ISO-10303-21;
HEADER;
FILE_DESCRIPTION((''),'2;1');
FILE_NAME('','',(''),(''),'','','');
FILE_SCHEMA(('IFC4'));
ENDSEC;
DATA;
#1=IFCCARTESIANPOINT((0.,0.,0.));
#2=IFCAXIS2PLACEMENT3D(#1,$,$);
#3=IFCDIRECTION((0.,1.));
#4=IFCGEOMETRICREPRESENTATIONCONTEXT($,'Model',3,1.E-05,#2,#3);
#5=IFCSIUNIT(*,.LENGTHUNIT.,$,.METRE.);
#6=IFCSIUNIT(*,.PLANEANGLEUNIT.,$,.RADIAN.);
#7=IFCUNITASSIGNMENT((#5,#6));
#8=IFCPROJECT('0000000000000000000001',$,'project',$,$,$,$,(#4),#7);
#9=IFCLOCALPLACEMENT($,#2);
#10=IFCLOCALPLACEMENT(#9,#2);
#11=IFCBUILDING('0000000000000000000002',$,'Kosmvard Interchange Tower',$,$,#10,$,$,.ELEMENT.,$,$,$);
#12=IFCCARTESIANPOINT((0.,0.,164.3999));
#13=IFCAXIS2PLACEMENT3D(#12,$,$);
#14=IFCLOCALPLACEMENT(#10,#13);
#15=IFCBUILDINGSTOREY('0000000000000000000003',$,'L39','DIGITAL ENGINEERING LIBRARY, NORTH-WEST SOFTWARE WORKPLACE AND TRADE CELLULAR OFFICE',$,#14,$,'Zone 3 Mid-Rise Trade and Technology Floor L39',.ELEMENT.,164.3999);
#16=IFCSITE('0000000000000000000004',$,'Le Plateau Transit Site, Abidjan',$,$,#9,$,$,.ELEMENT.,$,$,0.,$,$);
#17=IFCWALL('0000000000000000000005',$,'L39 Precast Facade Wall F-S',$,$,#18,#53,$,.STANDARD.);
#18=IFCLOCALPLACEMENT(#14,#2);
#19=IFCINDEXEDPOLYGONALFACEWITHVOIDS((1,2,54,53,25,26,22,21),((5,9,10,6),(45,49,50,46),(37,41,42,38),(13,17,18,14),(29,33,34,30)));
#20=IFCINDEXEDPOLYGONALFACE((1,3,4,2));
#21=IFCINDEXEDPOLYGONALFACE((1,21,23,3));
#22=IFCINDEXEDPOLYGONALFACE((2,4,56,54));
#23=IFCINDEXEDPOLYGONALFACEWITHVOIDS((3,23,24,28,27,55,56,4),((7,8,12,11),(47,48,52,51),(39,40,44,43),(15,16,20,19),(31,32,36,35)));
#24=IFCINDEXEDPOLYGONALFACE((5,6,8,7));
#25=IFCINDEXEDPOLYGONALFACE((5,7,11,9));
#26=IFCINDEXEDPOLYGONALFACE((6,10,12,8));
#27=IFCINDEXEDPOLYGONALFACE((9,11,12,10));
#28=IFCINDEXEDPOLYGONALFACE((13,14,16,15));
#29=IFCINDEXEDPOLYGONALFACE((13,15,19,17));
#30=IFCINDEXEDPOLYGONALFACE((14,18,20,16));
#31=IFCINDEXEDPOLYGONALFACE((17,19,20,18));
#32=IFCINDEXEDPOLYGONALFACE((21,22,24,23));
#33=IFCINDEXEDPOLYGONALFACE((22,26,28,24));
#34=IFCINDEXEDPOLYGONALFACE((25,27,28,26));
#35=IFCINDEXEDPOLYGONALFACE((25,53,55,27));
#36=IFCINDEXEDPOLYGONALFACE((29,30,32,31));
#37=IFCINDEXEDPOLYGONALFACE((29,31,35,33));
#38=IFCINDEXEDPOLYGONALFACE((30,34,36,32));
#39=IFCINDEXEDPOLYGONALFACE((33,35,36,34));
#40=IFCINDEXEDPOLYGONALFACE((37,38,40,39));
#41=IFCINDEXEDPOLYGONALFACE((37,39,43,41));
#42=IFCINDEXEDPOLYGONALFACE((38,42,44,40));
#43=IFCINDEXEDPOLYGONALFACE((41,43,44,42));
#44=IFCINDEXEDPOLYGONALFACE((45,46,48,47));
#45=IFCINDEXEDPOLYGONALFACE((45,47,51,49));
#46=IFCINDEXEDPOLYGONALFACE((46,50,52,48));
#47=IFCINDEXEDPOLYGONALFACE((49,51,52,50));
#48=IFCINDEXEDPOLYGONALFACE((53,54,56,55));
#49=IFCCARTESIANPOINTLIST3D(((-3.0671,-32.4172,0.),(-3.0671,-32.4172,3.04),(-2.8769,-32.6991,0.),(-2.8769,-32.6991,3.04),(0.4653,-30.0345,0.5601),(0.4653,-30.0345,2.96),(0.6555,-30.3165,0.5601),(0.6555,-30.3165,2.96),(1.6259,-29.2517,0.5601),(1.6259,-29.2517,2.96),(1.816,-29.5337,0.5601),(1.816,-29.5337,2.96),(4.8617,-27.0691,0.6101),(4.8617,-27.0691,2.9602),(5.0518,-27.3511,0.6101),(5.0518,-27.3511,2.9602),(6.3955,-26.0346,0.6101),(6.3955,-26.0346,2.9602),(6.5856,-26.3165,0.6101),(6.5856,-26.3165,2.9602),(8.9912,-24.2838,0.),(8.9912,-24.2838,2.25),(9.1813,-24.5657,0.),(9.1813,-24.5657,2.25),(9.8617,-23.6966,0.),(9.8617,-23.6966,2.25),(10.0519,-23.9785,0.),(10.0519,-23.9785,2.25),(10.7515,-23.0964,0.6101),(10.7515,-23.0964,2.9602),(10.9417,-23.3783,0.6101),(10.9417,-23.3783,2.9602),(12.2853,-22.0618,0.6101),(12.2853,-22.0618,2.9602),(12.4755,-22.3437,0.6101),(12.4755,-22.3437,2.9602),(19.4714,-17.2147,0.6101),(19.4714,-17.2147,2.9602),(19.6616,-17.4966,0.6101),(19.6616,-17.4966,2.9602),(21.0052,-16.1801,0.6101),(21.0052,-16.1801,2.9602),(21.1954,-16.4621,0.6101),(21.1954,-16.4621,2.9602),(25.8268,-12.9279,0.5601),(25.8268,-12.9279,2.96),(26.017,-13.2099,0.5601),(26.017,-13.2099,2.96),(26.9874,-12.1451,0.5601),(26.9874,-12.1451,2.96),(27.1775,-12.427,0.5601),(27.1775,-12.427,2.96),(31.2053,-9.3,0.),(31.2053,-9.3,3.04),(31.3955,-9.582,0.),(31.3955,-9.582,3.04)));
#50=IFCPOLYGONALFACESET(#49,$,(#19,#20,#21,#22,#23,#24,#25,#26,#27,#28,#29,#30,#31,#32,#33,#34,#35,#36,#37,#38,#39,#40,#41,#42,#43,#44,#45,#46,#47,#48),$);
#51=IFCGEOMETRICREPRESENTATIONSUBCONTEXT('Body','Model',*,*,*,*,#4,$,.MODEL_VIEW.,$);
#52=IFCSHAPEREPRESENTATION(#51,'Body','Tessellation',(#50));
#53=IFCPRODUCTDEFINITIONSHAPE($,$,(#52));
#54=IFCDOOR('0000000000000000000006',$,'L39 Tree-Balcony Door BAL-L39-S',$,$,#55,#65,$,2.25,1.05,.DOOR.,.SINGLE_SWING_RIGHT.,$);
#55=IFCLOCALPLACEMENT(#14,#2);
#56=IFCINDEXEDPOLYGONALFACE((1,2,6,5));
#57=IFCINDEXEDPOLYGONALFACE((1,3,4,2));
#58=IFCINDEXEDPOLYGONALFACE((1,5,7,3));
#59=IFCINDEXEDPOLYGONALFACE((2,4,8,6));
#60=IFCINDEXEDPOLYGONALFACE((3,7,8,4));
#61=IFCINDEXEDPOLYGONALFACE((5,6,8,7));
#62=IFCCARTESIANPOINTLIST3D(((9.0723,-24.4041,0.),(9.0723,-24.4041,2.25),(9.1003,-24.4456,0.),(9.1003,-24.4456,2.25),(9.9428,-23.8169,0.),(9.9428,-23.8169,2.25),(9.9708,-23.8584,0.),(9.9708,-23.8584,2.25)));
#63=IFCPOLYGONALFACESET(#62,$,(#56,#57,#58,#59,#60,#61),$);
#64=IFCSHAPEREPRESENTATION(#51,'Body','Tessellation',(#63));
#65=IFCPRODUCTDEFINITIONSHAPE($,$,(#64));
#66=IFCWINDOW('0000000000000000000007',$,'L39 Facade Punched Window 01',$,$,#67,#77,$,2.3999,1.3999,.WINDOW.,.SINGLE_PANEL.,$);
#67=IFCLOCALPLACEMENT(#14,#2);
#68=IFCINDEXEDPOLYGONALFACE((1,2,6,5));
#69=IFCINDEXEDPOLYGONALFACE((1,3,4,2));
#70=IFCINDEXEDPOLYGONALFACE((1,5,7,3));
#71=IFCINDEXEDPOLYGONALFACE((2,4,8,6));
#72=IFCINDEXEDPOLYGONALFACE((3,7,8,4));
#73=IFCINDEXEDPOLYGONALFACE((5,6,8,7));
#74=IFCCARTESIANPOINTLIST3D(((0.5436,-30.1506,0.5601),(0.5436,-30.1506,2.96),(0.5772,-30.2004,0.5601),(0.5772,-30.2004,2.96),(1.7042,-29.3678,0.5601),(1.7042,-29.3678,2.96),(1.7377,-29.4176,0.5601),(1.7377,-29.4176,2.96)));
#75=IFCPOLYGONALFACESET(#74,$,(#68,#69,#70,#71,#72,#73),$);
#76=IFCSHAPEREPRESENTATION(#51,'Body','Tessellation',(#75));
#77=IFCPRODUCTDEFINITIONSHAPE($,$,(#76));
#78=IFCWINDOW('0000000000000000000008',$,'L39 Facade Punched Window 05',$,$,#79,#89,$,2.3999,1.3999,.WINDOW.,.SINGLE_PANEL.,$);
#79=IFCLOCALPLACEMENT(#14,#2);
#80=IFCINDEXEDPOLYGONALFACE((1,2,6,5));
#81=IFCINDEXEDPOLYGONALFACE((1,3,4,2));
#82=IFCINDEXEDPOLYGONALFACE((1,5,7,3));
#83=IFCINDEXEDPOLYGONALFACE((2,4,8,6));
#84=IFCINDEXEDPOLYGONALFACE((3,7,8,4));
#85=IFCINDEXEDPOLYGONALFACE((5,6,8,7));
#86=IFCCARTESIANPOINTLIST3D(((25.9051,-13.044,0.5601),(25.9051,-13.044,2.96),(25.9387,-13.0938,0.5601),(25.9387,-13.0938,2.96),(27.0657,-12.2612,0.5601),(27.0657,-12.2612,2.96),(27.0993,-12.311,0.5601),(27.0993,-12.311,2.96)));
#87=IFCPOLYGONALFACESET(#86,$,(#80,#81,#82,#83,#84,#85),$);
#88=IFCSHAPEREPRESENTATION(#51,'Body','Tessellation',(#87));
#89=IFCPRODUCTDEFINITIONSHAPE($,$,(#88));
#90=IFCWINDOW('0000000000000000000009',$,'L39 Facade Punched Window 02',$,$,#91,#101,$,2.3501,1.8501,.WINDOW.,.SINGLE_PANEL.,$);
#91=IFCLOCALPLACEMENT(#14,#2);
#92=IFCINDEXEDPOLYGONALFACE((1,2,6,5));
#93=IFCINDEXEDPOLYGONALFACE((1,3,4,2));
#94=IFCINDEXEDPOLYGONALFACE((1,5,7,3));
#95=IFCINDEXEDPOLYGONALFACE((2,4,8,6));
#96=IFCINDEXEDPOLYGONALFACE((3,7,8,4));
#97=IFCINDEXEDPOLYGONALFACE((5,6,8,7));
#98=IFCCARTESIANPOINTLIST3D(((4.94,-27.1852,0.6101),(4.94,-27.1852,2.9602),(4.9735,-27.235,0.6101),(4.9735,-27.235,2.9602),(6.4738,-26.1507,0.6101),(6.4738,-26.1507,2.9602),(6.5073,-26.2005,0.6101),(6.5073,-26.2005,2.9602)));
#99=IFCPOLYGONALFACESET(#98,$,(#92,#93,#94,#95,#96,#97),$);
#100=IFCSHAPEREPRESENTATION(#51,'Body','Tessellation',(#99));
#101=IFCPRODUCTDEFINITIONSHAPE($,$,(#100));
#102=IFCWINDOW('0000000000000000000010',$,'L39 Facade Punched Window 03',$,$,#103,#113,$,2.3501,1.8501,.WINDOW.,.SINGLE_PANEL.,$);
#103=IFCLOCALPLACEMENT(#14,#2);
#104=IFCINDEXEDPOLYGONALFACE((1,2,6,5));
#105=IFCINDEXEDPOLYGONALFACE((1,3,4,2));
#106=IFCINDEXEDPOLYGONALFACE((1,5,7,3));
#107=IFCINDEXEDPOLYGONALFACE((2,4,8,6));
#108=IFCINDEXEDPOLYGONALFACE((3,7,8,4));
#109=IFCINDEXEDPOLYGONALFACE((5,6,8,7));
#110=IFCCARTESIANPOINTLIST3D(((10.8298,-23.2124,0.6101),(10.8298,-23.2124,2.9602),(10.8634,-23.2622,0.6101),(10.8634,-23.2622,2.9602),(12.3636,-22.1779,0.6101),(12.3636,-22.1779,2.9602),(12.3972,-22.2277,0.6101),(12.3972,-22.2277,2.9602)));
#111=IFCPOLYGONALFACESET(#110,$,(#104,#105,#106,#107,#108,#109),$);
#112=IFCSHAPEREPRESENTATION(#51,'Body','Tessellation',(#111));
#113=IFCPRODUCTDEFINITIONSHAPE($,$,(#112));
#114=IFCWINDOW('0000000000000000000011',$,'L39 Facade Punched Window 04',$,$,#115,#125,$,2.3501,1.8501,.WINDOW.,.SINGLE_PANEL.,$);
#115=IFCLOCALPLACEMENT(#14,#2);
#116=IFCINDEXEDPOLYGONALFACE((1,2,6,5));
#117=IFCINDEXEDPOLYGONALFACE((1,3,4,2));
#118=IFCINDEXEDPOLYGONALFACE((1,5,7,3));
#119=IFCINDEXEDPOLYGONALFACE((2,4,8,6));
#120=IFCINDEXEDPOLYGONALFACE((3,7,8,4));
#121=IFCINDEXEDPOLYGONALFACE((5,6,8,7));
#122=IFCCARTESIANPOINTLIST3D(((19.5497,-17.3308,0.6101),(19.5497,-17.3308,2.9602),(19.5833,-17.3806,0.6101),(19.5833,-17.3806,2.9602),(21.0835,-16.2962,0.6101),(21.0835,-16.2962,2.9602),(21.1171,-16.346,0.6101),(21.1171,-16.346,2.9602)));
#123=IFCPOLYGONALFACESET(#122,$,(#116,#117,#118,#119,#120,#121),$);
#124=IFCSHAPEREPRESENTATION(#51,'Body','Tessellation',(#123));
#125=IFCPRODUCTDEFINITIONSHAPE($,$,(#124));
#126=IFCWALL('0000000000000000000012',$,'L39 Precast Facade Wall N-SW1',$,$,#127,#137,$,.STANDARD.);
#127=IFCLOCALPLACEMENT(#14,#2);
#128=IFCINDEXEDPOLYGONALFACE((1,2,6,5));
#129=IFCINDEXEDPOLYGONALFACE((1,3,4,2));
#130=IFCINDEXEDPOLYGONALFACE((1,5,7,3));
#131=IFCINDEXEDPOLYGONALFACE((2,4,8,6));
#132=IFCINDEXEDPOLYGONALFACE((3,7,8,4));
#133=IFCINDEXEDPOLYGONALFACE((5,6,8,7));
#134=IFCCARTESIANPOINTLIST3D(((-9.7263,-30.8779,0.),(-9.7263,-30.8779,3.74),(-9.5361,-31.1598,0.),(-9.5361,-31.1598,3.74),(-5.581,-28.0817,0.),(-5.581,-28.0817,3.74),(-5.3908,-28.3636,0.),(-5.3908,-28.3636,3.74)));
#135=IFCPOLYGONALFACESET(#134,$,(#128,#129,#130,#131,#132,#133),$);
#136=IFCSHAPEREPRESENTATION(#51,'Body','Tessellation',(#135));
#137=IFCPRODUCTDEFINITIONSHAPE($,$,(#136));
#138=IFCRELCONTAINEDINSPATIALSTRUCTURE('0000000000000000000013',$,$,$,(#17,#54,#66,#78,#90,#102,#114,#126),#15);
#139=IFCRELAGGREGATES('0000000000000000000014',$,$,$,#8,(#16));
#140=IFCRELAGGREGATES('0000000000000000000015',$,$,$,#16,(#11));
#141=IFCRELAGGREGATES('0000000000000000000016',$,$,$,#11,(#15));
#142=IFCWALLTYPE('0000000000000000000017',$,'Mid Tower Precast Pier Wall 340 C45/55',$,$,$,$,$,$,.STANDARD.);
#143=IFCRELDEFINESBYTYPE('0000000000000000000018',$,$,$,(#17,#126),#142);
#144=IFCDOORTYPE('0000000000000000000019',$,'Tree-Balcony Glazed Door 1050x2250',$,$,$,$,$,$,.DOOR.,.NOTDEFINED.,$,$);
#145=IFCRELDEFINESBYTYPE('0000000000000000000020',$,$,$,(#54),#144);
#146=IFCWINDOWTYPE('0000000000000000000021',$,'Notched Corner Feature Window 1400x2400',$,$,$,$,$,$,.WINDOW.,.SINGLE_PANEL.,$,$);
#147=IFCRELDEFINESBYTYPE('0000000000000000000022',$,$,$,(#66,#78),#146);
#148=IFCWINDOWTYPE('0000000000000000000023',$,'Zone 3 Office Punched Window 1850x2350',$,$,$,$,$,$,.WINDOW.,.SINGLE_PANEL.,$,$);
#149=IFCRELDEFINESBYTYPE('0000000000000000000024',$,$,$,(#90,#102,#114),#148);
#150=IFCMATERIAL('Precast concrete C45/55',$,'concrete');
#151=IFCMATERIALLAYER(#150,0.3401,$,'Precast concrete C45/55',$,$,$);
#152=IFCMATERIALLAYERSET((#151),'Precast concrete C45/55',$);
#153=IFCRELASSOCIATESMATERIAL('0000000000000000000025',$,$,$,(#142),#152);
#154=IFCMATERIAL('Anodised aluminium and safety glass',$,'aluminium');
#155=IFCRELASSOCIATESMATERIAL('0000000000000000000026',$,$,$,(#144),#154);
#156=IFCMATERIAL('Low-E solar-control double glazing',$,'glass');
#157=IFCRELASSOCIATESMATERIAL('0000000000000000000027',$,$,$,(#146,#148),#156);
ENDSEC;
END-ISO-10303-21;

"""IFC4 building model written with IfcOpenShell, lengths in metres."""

from ifc_helpers import new_model, si_unit, direction, frame, frame_2d, origin, place, context, subcontext, project, spatial, rectangle, extrude, source, transform, mapped, material, layer, layer_set, type_object, element, fill, save


model = new_model("IFC4")

# Units and contexts
model_context = context("Model", 3, precision=1e-05, world=origin(), true_north=direction((0.0, 1.0)))
body_context = subcontext(model_context, "Body", "Model", "MODEL_VIEW")
ifc_project = project(units=[si_unit("LENGTHUNIT", "METRE"), si_unit("PLANEANGLEUNIT", "RADIAN")], contexts=[model_context])

# Site, building, storey
site_placement = place(None, origin())
site = spatial("IfcSite", under=ifc_project, at=site_placement, Name="Le Plateau Transit Site, Abidjan", CompositionType="ELEMENT", RefElevation=0.0)
building_placement = place(site_placement, origin())
building = spatial("IfcBuilding", under=site, at=building_placement, Name="Kosmvard Interchange Tower", CompositionType="ELEMENT")
storey_placement = place(building_placement, frame((0.0, 0.0, 164.3999)))
storey = spatial("IfcBuildingStorey", under=building, at=storey_placement, Name="L39", Description="DIGITAL ENGINEERING LIBRARY, NORTH-WEST SOFTWARE WORKPLACE AND TRADE CELLULAR OFFICE", LongName="Zone 3 Mid-Rise Trade and Technology Floor L39", CompositionType="ELEMENT", Elevation=164.3999)

# Shared definitions
ifc_material_1 = material(Name="Precast concrete C45/55", Category="concrete")

# Wall, openings, door, windows
ifc_layer_1 = layer(ifc_material_1, 0.3401, Name="Precast concrete C45/55")
ifc_layer_set_1 = layer_set([ifc_layer_1], Name="Precast concrete C45/55")
wall_type_1 = type_object("IfcWallType", Name="Mid Tower Precast Pier Wall 340 C45/55", PredefinedType="STANDARD", material=ifc_layer_set_1)
wall_1_placement = place(storey_placement, frame((-2.9719, -32.5581, 0.0), z_axis=(0.0, 0.0, 1.0), x_axis=(0.829036, 0.559195, 0.0)))
wall_1 = element("IfcWall", 1, at=wall_1_placement, inside=storey, type_object=wall_type_1, Name="L39 Precast Facade Wall F-S", PredefinedType="STANDARD", context=body_context, shape_type="SweptSolid", body=[
    extrude(rectangle(XDim=41.3401, YDim=0.3401, at=frame_2d((20.6699, 0.0))), origin(), (0.0, 0.0, 1.0), 3.04),
])
opening_1_placement = place(wall_1_placement, frame((14.5449, 0.0, 0.0)))
opening_1 = element("IfcOpeningElement", 2, at=opening_1_placement, cuts=wall_1, PredefinedType="OPENING", context=body_context, shape_type="SweptSolid", body=[
    extrude(rectangle(XDim=1.05, YDim=2.25, at=frame_2d((0.5249, 1.125))), frame((0.0, 0.1802, 0.0), z_axis=(0.0, -1.0, 0.0), x_axis=(1.0, 0.0, 0.0)), (0.0, 0.0, 1.0), 0.3601),
])
opening_2_placement = place(wall_1_placement, frame((4.2607, 0.0, 0.5601)))
opening_2 = element("IfcOpeningElement", 3, at=opening_2_placement, cuts=wall_1, PredefinedType="OPENING", context=body_context, shape_type="SweptSolid", body=[
    extrude(rectangle(XDim=1.3999, YDim=2.3999, at=frame_2d((0.7, 1.2))), frame((0.0, 0.1802, 0.0), z_axis=(0.0, -1.0, 0.0), x_axis=(1.0, 0.0, 0.0)), (0.0, 0.0, 1.0), 0.3601),
])
opening_3_placement = place(wall_1_placement, frame((9.5637, 0.0, 0.6101)))
opening_3 = element("IfcOpeningElement", 4, at=opening_3_placement, cuts=wall_1, PredefinedType="OPENING", context=body_context, shape_type="SweptSolid", body=[
    extrude(rectangle(XDim=1.8501, YDim=2.3501, at=frame_2d((0.925, 1.175))), frame((0.0, 0.1802, 0.0), z_axis=(0.0, -1.0, 0.0), x_axis=(1.0, 0.0, 0.0)), (0.0, 0.0, 1.0), 0.3601),
])
opening_4_placement = place(wall_1_placement, frame((16.6682, 0.0, 0.6101)))
opening_4 = element("IfcOpeningElement", 5, at=opening_4_placement, cuts=wall_1, PredefinedType="OPENING", context=body_context, shape_type="SweptSolid", body=[
    extrude(rectangle(XDim=1.8501, YDim=2.3501, at=frame_2d((0.925, 1.175))), frame((0.0, 0.1802, 0.0), z_axis=(0.0, -1.0, 0.0), x_axis=(1.0, 0.0, 0.0)), (0.0, 0.0, 1.0), 0.3601),
])
opening_5_placement = place(wall_1_placement, frame((27.1863, 0.0, 0.6101)))
opening_5 = element("IfcOpeningElement", 6, at=opening_5_placement, cuts=wall_1, PredefinedType="OPENING", context=body_context, shape_type="SweptSolid", body=[
    extrude(rectangle(XDim=1.8501, YDim=2.3501, at=frame_2d((0.925, 1.175))), frame((0.0, 0.1802, 0.0), z_axis=(0.0, -1.0, 0.0), x_axis=(1.0, 0.0, 0.0)), (0.0, 0.0, 1.0), 0.3601),
])
opening_6_placement = place(wall_1_placement, frame((34.8523, 0.0, 0.5601)))
opening_6 = element("IfcOpeningElement", 7, at=opening_6_placement, cuts=wall_1, PredefinedType="OPENING", context=body_context, shape_type="SweptSolid", body=[
    extrude(rectangle(XDim=1.3999, YDim=2.3999, at=frame_2d((0.7, 1.2))), frame((0.0, 0.1802, 0.0), z_axis=(0.0, -1.0, 0.0), x_axis=(1.0, 0.0, 0.0)), (0.0, 0.0, 1.0), 0.3601),
])
ifc_material_2 = material(Name="Anodised aluminium and safety glass", Category="aluminium")
door_type = type_object("IfcDoorType", Name="Tree-Balcony Glazed Door 1050x2250", OperationType="NOTDEFINED", PredefinedType="DOOR", material=ifc_material_2)
shared_shape_1 = source(origin(), body_context, "Body", "SweptSolid", [
    extrude(rectangle(XDim=1.05, YDim=2.25, at=frame_2d((0.5249, 1.125))), frame((0.0, 0.0249, 0.0), z_axis=(0.0, -1.0, 0.0), x_axis=(1.0, 0.0, 0.0)), (0.0, 0.0, 1.0), 0.05),
])
door_placement = place(opening_1_placement, origin())
door = element("IfcDoor", 8, at=door_placement, inside=storey, type_object=door_type, Name="L39 Tree-Balcony Door BAL-L39-S", OperationType="SINGLE_SWING_RIGHT", OverallHeight=2.25, OverallWidth=1.05, PredefinedType="DOOR", context=body_context, shape_type="MappedRepresentation", body=[
    mapped(shared_shape_1, transform((0.0, 0.0, 0.0), scale=1.0)),
])
fill(opening_1, door)
ifc_material_3 = material(Name="Low-E solar-control double glazing", Category="glass")
window_type_1 = type_object("IfcWindowType", Name="Notched Corner Feature Window 1400x2400", PartitioningType="SINGLE_PANEL", PredefinedType="WINDOW", material=ifc_material_3)
shared_shape_2 = source(origin(), body_context, "Body", "SweptSolid", [
    extrude(rectangle(XDim=1.3999, YDim=2.3999, at=frame_2d((0.7, 1.2))), frame((0.0, 0.03, 0.0), z_axis=(0.0, -1.0, 0.0), x_axis=(1.0, 0.0, 0.0)), (0.0, 0.0, 1.0), 0.0601),
])
window_1_placement = place(opening_2_placement, origin())
window_1 = element("IfcWindow", 9, at=window_1_placement, inside=storey, type_object=window_type_1, Name="L39 Facade Punched Window 01", OverallHeight=2.3999, OverallWidth=1.3999, PartitioningType="SINGLE_PANEL", PredefinedType="WINDOW", context=body_context, shape_type="MappedRepresentation", body=[
    mapped(shared_shape_2, transform((0.0, 0.0, 0.0), scale=1.0)),
])
fill(opening_2, window_1)
window_2_placement = place(opening_6_placement, origin())
window_2 = element("IfcWindow", 10, at=window_2_placement, inside=storey, type_object=window_type_1, Name="L39 Facade Punched Window 05", OverallHeight=2.3999, OverallWidth=1.3999, PartitioningType="SINGLE_PANEL", PredefinedType="WINDOW", context=body_context, shape_type="MappedRepresentation", body=[
    mapped(shared_shape_2, transform((0.0, 0.0, 0.0), scale=1.0)),
])
fill(opening_6, window_2)
window_type_2 = type_object("IfcWindowType", Name="Zone 3 Office Punched Window 1850x2350", PartitioningType="SINGLE_PANEL", PredefinedType="WINDOW", material=ifc_material_3)
shared_shape_3 = source(origin(), body_context, "Body", "SweptSolid", [
    extrude(rectangle(XDim=1.8501, YDim=2.3501, at=frame_2d((0.925, 1.175))), frame((0.0, 0.03, 0.0), z_axis=(0.0, -1.0, 0.0), x_axis=(1.0, 0.0, 0.0)), (0.0, 0.0, 1.0), 0.0601),
])
window_3_placement = place(opening_3_placement, origin())
window_3 = element("IfcWindow", 11, at=window_3_placement, inside=storey, type_object=window_type_2, Name="L39 Facade Punched Window 02", OverallHeight=2.3501, OverallWidth=1.8501, PartitioningType="SINGLE_PANEL", PredefinedType="WINDOW", context=body_context, shape_type="MappedRepresentation", body=[
    mapped(shared_shape_3, transform((0.0, 0.0, 0.0), scale=1.0)),
])
fill(opening_3, window_3)
window_4_placement = place(opening_4_placement, origin())
window_4 = element("IfcWindow", 12, at=window_4_placement, inside=storey, type_object=window_type_2, Name="L39 Facade Punched Window 03", OverallHeight=2.3501, OverallWidth=1.8501, PartitioningType="SINGLE_PANEL", PredefinedType="WINDOW", context=body_context, shape_type="MappedRepresentation", body=[
    mapped(shared_shape_3, transform((0.0, 0.0, 0.0), scale=1.0)),
])
fill(opening_4, window_4)
window_5_placement = place(opening_5_placement, origin())
window_5 = element("IfcWindow", 13, at=window_5_placement, inside=storey, type_object=window_type_2, Name="L39 Facade Punched Window 04", OverallHeight=2.3501, OverallWidth=1.8501, PartitioningType="SINGLE_PANEL", PredefinedType="WINDOW", context=body_context, shape_type="MappedRepresentation", body=[
    mapped(shared_shape_3, transform((0.0, 0.0, 0.0), scale=1.0)),
])
fill(opening_5, window_5)

# Wall
wall_2_placement = place(storey_placement, frame((-9.6311, -31.0188, 0.0), z_axis=(0.0, 0.0, 1.0), x_axis=(0.829026, 0.55921, 0.0)))
element("IfcWall", 14, at=wall_2_placement, inside=storey, type_object=wall_type_1, Name="L39 Precast Facade Wall N-SW1", PredefinedType="STANDARD", context=body_context, shape_type="SweptSolid", body=[
    extrude(rectangle(XDim=5.0002, YDim=0.3401, at=frame_2d((2.5, 0.0))), origin(), (0.0, 0.0, 1.0), 3.74),
])

save(model, "model.ifc")
